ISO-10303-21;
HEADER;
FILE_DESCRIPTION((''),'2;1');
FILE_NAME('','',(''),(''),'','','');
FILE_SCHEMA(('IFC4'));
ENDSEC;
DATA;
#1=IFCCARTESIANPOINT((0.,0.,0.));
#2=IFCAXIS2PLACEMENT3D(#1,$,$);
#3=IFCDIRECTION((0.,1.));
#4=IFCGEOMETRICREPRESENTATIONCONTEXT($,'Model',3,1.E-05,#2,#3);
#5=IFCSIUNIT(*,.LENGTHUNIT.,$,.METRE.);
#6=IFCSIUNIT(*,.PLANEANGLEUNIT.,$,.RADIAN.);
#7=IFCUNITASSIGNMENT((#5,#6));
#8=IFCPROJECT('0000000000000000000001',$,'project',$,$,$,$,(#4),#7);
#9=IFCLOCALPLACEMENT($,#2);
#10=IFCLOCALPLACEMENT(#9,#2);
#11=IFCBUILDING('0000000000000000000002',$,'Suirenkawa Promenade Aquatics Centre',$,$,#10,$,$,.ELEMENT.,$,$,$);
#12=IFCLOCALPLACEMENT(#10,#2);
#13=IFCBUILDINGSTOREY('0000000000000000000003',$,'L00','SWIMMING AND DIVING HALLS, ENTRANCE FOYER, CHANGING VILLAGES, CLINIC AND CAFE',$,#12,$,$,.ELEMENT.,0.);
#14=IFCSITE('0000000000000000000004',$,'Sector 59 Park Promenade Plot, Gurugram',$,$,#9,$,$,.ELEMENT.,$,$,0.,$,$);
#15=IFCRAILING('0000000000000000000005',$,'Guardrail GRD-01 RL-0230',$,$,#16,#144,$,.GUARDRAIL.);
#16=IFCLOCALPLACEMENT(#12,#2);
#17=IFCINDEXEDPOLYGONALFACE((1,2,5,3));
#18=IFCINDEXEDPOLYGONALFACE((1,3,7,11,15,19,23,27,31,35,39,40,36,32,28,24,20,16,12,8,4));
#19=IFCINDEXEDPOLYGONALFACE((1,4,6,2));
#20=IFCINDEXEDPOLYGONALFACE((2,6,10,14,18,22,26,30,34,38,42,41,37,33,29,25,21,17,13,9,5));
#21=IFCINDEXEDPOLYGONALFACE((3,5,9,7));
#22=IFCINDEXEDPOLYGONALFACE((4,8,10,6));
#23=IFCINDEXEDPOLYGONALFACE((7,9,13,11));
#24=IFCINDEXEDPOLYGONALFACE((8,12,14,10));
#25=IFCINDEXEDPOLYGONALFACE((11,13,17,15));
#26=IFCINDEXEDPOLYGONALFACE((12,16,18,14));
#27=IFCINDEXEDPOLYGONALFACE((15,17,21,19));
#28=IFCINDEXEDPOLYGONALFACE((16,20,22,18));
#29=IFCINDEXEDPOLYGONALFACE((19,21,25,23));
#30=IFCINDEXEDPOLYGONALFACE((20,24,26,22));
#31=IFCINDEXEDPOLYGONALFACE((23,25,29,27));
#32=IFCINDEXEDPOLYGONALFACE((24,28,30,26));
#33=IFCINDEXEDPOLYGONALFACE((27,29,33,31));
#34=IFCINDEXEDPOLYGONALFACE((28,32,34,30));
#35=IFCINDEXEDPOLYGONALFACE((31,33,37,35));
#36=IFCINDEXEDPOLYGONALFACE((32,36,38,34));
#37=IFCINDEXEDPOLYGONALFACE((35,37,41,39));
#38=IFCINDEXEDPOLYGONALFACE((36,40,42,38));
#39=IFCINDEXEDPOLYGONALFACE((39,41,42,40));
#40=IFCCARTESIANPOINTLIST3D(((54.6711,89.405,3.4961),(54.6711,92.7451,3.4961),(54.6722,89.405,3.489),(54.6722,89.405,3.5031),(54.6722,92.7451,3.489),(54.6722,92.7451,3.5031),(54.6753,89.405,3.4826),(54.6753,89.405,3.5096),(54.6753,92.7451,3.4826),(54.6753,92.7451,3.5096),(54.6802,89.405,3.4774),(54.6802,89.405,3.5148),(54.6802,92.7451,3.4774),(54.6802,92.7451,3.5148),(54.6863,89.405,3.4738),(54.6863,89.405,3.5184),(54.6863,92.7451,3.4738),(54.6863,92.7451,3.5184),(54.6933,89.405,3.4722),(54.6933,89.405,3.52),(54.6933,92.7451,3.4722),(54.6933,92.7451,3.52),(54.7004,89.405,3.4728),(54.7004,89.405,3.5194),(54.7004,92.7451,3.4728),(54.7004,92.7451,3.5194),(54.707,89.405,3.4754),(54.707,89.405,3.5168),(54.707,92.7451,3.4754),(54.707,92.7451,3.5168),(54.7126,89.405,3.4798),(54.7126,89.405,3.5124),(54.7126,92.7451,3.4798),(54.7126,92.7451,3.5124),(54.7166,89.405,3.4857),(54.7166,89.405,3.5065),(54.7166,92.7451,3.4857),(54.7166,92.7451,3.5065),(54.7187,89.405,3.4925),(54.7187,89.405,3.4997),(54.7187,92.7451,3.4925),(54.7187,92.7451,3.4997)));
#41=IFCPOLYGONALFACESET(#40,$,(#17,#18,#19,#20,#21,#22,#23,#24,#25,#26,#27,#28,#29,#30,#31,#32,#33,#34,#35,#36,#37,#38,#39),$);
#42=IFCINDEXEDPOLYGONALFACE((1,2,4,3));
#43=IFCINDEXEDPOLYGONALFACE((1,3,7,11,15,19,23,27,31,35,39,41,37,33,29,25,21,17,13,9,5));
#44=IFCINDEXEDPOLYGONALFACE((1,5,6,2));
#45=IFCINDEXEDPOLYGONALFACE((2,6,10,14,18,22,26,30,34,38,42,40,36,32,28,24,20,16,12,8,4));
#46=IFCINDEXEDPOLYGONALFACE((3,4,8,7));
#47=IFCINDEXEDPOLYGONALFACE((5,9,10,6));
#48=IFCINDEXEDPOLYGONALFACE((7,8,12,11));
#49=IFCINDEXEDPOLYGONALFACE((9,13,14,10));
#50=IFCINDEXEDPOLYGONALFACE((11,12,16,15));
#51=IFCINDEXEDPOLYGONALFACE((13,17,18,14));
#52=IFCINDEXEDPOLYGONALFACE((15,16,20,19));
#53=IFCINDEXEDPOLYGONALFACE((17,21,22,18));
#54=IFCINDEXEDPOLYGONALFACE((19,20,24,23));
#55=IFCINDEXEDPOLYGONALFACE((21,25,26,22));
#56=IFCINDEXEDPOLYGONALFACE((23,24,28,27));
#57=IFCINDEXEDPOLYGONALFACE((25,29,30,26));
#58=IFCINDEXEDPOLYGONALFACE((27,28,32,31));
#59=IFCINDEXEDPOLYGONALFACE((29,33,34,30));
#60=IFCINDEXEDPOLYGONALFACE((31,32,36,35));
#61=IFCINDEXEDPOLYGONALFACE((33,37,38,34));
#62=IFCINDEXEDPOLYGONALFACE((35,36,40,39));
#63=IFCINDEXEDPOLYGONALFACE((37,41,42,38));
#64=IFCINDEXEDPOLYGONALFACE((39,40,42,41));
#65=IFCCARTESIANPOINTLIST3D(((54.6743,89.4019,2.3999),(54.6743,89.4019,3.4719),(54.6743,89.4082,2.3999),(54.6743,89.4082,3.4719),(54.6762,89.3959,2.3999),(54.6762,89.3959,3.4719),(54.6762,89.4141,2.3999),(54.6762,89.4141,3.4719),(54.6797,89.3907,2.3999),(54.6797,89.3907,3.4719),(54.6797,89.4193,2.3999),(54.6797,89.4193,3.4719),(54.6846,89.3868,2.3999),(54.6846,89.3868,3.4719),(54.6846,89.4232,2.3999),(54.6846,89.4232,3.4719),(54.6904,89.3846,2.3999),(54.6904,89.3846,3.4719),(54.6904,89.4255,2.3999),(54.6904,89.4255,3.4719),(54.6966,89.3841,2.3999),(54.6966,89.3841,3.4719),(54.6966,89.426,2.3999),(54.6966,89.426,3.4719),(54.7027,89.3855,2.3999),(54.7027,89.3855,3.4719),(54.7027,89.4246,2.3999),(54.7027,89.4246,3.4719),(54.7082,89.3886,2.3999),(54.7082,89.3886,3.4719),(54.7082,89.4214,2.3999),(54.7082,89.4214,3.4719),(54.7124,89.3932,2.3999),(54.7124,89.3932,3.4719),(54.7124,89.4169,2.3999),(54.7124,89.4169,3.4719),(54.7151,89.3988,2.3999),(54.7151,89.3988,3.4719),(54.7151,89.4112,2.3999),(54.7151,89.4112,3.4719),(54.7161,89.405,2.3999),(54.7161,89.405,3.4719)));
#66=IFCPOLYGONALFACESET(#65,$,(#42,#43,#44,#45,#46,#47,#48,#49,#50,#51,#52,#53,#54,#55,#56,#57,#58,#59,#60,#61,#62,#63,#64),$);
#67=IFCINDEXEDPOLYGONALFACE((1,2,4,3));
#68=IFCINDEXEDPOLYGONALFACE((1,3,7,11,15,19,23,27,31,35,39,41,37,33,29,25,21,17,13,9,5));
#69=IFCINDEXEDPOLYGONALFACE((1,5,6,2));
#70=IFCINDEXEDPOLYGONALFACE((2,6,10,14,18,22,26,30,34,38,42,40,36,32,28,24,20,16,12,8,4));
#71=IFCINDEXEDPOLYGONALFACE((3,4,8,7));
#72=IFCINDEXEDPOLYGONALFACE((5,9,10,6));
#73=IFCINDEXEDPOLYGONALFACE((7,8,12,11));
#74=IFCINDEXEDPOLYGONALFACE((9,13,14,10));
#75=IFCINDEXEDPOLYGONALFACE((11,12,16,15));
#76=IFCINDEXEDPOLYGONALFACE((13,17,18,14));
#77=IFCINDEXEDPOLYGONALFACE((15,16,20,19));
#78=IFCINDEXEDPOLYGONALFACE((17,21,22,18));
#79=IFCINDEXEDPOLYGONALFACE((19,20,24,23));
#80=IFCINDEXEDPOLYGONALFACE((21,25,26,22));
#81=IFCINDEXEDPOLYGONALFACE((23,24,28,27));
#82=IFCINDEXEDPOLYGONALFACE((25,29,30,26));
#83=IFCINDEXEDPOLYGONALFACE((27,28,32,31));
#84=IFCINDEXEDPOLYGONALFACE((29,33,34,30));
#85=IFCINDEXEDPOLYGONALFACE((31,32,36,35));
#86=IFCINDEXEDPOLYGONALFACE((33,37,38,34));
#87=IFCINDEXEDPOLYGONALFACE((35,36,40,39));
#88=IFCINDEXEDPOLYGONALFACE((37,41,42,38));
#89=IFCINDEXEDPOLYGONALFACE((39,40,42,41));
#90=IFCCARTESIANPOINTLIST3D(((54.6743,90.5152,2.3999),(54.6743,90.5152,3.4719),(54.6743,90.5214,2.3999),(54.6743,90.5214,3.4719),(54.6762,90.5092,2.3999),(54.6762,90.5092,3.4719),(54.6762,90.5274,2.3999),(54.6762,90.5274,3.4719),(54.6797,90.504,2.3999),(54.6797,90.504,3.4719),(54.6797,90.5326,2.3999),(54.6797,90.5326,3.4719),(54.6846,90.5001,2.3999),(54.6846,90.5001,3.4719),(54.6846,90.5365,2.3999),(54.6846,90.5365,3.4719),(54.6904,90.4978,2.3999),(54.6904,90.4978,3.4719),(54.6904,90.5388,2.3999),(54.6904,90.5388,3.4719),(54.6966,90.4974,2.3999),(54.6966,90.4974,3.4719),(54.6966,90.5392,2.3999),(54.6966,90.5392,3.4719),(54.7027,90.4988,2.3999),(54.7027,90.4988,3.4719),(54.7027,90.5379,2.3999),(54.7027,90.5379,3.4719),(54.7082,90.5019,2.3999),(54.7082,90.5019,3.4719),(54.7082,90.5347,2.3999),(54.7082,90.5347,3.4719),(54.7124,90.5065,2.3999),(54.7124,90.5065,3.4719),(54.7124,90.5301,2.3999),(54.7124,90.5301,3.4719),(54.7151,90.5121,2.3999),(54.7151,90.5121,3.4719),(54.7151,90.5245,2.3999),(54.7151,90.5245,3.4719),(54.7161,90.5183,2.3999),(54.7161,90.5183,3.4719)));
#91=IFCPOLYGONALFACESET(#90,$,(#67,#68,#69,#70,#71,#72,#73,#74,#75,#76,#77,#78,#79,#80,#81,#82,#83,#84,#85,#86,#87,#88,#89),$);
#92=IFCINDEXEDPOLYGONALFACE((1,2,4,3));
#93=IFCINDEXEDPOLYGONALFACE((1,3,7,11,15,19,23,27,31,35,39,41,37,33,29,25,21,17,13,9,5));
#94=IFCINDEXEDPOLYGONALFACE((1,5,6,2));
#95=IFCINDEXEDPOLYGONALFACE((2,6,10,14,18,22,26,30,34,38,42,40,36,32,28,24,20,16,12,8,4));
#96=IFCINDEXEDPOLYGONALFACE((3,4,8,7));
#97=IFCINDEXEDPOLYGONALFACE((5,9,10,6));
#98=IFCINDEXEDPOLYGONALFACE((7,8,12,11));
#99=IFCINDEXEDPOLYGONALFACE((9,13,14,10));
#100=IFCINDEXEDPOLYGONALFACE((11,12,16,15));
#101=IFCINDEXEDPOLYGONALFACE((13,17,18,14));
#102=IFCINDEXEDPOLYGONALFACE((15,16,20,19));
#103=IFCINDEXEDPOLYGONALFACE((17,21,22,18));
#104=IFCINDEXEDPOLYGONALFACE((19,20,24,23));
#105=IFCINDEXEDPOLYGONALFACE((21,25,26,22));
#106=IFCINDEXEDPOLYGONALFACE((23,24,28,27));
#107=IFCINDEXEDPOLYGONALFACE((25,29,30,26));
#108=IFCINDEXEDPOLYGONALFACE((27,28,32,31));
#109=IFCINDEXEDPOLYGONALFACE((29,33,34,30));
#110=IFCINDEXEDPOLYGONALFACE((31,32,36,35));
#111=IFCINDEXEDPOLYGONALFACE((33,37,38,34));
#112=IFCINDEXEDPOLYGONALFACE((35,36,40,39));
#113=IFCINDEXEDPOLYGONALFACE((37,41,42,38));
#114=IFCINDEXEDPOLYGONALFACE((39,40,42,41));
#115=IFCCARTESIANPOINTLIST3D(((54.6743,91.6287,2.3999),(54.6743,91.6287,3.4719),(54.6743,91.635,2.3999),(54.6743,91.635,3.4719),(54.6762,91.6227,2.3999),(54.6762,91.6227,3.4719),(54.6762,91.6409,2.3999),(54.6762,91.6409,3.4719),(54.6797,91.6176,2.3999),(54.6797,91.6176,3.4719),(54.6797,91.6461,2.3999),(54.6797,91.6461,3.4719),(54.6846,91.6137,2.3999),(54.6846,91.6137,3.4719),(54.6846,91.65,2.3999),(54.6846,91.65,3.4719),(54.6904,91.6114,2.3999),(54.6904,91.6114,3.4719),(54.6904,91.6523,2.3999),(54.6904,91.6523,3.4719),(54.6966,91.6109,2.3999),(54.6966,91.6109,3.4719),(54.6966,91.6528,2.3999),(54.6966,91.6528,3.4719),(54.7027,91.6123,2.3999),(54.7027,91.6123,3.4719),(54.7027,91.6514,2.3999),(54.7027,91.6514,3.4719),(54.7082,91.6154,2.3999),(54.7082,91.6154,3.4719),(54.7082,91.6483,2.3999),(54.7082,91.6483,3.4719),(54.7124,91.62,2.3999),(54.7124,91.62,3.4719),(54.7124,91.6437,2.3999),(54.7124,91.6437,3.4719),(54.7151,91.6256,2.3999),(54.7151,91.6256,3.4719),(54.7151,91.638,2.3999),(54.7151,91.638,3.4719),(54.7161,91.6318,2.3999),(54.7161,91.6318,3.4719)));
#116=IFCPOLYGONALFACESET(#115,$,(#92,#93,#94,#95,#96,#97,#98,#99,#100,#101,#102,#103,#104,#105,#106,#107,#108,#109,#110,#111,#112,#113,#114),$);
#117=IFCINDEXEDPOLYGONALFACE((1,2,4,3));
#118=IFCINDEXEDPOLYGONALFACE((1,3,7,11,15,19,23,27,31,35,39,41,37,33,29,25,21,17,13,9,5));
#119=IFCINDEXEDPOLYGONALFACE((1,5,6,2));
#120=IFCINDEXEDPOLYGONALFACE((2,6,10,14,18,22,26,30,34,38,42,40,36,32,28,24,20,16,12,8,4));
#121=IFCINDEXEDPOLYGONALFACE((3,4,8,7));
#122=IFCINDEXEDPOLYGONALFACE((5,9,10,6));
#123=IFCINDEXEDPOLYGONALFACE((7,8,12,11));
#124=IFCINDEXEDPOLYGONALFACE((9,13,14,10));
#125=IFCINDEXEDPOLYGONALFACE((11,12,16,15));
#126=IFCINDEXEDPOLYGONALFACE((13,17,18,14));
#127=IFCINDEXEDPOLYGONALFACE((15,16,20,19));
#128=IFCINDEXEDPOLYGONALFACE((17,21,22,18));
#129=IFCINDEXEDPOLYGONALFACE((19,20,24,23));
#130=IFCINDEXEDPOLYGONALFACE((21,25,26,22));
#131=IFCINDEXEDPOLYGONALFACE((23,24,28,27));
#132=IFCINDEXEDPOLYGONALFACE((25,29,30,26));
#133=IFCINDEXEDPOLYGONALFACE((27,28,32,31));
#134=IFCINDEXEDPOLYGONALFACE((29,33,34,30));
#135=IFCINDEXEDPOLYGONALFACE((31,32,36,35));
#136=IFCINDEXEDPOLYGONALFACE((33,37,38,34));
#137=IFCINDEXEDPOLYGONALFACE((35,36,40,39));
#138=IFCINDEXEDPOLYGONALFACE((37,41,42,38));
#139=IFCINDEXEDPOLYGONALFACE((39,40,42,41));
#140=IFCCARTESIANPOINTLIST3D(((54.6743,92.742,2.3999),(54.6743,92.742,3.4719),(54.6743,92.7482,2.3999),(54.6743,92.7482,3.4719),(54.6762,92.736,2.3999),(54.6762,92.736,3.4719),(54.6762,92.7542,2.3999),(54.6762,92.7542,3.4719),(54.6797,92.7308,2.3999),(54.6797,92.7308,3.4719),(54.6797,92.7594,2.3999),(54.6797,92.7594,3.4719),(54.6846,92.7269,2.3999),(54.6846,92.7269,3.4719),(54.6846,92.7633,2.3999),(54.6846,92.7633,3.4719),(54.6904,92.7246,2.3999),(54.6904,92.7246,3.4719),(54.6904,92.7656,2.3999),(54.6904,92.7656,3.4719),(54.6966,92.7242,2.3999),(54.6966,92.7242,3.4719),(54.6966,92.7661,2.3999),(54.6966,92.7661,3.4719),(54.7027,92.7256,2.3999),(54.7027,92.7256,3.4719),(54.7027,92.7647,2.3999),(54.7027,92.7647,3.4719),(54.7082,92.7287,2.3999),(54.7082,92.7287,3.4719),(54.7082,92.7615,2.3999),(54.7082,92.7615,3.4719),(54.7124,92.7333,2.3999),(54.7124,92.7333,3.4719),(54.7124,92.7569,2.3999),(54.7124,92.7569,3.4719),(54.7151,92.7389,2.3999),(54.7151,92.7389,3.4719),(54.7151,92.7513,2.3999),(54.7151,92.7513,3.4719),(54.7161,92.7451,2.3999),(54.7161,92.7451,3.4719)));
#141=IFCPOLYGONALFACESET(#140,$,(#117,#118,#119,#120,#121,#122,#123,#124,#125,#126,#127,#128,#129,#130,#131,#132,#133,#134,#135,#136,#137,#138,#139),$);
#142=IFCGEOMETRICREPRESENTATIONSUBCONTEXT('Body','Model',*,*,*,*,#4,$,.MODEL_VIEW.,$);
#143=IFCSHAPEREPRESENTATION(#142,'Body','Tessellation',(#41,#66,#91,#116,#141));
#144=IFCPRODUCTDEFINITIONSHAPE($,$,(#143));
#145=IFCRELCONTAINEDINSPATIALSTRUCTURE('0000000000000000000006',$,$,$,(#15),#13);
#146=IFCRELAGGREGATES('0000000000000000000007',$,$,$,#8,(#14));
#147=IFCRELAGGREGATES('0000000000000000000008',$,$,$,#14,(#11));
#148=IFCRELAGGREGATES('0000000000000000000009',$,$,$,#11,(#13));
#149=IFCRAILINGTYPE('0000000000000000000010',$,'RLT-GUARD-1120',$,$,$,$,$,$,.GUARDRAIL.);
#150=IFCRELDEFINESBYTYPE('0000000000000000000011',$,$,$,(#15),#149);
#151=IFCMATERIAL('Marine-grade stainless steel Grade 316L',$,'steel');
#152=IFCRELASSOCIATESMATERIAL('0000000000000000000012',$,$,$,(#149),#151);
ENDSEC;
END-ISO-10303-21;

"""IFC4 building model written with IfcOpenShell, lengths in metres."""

from ifc_helpers import new_model, si_unit, direction, frame, origin, origin_2d, place, context, subcontext, project, spatial, circle, extrude, material, type_object, element, save


model = new_model("IFC4")

# Units and contexts
model_context = context("Model", 3, precision=1e-05, world=origin(), true_north=direction((0.0, 1.0)))
body_context = subcontext(model_context, "Body", "Model", "MODEL_VIEW")
ifc_project = project(units=[si_unit("LENGTHUNIT", "METRE"), si_unit("PLANEANGLEUNIT", "RADIAN")], contexts=[model_context])

# Site, building, storey
site_placement = place(None, origin())
site = spatial("IfcSite", under=ifc_project, at=site_placement, Name="Sector 59 Park Promenade Plot, Gurugram", CompositionType="ELEMENT", RefElevation=0.0)
building_placement = place(site_placement, origin())
building = spatial("IfcBuilding", under=site, at=building_placement, Name="Suirenkawa Promenade Aquatics Centre", CompositionType="ELEMENT")
storey_placement = place(building_placement, origin())
storey = spatial("IfcBuildingStorey", under=building, at=storey_placement, Name="L00", Description="SWIMMING AND DIVING HALLS, ENTRANCE FOYER, CHANGING VILLAGES, CLINIC AND CAFE", CompositionType="ELEMENT", Elevation=0.0)

# Railing
ifc_material_1 = material(Name="Marine-grade stainless steel Grade 316L", Category="steel")
railing_type_1 = type_object("IfcRailingType", Name="RLT-GUARD-1120", PredefinedType="GUARDRAIL", material=ifc_material_1)
railing_1_placement = place(storey_placement, frame((54.6951, 89.405, 2.3999)))
element("IfcRailing", 1, at=railing_1_placement, inside=storey, type_object=railing_type_1, Name="Guardrail GRD-01 RL-0230", PredefinedType="GUARDRAIL", context=body_context, shape_type="SweptSolid", body=[
    extrude(circle(Radius=0.0239, at=origin_2d()), frame((0.0, 0.0, 1.0962), z_axis=(0.0, 1.0, 0.0), x_axis=(-1.0, 0.0, 0.0)), (0.0, 0.0, 1.0), 3.3401),
    extrude(circle(Radius=0.021, at=origin_2d()), origin(), (0.0, 0.0, 1.0), 1.072),
    extrude(circle(Radius=0.021, at=origin_2d()), frame((0.0, 1.1133, 0.0)), (0.0, 0.0, 1.0), 1.072),
    extrude(circle(Radius=0.021, at=origin_2d()), frame((0.0, 2.2268, 0.0)), (0.0, 0.0, 1.0), 1.072),
    extrude(circle(Radius=0.021, at=origin_2d()), frame((0.0, 3.3401, 0.0)), (0.0, 0.0, 1.0), 1.072),
])

save(model, "model.ifc")
